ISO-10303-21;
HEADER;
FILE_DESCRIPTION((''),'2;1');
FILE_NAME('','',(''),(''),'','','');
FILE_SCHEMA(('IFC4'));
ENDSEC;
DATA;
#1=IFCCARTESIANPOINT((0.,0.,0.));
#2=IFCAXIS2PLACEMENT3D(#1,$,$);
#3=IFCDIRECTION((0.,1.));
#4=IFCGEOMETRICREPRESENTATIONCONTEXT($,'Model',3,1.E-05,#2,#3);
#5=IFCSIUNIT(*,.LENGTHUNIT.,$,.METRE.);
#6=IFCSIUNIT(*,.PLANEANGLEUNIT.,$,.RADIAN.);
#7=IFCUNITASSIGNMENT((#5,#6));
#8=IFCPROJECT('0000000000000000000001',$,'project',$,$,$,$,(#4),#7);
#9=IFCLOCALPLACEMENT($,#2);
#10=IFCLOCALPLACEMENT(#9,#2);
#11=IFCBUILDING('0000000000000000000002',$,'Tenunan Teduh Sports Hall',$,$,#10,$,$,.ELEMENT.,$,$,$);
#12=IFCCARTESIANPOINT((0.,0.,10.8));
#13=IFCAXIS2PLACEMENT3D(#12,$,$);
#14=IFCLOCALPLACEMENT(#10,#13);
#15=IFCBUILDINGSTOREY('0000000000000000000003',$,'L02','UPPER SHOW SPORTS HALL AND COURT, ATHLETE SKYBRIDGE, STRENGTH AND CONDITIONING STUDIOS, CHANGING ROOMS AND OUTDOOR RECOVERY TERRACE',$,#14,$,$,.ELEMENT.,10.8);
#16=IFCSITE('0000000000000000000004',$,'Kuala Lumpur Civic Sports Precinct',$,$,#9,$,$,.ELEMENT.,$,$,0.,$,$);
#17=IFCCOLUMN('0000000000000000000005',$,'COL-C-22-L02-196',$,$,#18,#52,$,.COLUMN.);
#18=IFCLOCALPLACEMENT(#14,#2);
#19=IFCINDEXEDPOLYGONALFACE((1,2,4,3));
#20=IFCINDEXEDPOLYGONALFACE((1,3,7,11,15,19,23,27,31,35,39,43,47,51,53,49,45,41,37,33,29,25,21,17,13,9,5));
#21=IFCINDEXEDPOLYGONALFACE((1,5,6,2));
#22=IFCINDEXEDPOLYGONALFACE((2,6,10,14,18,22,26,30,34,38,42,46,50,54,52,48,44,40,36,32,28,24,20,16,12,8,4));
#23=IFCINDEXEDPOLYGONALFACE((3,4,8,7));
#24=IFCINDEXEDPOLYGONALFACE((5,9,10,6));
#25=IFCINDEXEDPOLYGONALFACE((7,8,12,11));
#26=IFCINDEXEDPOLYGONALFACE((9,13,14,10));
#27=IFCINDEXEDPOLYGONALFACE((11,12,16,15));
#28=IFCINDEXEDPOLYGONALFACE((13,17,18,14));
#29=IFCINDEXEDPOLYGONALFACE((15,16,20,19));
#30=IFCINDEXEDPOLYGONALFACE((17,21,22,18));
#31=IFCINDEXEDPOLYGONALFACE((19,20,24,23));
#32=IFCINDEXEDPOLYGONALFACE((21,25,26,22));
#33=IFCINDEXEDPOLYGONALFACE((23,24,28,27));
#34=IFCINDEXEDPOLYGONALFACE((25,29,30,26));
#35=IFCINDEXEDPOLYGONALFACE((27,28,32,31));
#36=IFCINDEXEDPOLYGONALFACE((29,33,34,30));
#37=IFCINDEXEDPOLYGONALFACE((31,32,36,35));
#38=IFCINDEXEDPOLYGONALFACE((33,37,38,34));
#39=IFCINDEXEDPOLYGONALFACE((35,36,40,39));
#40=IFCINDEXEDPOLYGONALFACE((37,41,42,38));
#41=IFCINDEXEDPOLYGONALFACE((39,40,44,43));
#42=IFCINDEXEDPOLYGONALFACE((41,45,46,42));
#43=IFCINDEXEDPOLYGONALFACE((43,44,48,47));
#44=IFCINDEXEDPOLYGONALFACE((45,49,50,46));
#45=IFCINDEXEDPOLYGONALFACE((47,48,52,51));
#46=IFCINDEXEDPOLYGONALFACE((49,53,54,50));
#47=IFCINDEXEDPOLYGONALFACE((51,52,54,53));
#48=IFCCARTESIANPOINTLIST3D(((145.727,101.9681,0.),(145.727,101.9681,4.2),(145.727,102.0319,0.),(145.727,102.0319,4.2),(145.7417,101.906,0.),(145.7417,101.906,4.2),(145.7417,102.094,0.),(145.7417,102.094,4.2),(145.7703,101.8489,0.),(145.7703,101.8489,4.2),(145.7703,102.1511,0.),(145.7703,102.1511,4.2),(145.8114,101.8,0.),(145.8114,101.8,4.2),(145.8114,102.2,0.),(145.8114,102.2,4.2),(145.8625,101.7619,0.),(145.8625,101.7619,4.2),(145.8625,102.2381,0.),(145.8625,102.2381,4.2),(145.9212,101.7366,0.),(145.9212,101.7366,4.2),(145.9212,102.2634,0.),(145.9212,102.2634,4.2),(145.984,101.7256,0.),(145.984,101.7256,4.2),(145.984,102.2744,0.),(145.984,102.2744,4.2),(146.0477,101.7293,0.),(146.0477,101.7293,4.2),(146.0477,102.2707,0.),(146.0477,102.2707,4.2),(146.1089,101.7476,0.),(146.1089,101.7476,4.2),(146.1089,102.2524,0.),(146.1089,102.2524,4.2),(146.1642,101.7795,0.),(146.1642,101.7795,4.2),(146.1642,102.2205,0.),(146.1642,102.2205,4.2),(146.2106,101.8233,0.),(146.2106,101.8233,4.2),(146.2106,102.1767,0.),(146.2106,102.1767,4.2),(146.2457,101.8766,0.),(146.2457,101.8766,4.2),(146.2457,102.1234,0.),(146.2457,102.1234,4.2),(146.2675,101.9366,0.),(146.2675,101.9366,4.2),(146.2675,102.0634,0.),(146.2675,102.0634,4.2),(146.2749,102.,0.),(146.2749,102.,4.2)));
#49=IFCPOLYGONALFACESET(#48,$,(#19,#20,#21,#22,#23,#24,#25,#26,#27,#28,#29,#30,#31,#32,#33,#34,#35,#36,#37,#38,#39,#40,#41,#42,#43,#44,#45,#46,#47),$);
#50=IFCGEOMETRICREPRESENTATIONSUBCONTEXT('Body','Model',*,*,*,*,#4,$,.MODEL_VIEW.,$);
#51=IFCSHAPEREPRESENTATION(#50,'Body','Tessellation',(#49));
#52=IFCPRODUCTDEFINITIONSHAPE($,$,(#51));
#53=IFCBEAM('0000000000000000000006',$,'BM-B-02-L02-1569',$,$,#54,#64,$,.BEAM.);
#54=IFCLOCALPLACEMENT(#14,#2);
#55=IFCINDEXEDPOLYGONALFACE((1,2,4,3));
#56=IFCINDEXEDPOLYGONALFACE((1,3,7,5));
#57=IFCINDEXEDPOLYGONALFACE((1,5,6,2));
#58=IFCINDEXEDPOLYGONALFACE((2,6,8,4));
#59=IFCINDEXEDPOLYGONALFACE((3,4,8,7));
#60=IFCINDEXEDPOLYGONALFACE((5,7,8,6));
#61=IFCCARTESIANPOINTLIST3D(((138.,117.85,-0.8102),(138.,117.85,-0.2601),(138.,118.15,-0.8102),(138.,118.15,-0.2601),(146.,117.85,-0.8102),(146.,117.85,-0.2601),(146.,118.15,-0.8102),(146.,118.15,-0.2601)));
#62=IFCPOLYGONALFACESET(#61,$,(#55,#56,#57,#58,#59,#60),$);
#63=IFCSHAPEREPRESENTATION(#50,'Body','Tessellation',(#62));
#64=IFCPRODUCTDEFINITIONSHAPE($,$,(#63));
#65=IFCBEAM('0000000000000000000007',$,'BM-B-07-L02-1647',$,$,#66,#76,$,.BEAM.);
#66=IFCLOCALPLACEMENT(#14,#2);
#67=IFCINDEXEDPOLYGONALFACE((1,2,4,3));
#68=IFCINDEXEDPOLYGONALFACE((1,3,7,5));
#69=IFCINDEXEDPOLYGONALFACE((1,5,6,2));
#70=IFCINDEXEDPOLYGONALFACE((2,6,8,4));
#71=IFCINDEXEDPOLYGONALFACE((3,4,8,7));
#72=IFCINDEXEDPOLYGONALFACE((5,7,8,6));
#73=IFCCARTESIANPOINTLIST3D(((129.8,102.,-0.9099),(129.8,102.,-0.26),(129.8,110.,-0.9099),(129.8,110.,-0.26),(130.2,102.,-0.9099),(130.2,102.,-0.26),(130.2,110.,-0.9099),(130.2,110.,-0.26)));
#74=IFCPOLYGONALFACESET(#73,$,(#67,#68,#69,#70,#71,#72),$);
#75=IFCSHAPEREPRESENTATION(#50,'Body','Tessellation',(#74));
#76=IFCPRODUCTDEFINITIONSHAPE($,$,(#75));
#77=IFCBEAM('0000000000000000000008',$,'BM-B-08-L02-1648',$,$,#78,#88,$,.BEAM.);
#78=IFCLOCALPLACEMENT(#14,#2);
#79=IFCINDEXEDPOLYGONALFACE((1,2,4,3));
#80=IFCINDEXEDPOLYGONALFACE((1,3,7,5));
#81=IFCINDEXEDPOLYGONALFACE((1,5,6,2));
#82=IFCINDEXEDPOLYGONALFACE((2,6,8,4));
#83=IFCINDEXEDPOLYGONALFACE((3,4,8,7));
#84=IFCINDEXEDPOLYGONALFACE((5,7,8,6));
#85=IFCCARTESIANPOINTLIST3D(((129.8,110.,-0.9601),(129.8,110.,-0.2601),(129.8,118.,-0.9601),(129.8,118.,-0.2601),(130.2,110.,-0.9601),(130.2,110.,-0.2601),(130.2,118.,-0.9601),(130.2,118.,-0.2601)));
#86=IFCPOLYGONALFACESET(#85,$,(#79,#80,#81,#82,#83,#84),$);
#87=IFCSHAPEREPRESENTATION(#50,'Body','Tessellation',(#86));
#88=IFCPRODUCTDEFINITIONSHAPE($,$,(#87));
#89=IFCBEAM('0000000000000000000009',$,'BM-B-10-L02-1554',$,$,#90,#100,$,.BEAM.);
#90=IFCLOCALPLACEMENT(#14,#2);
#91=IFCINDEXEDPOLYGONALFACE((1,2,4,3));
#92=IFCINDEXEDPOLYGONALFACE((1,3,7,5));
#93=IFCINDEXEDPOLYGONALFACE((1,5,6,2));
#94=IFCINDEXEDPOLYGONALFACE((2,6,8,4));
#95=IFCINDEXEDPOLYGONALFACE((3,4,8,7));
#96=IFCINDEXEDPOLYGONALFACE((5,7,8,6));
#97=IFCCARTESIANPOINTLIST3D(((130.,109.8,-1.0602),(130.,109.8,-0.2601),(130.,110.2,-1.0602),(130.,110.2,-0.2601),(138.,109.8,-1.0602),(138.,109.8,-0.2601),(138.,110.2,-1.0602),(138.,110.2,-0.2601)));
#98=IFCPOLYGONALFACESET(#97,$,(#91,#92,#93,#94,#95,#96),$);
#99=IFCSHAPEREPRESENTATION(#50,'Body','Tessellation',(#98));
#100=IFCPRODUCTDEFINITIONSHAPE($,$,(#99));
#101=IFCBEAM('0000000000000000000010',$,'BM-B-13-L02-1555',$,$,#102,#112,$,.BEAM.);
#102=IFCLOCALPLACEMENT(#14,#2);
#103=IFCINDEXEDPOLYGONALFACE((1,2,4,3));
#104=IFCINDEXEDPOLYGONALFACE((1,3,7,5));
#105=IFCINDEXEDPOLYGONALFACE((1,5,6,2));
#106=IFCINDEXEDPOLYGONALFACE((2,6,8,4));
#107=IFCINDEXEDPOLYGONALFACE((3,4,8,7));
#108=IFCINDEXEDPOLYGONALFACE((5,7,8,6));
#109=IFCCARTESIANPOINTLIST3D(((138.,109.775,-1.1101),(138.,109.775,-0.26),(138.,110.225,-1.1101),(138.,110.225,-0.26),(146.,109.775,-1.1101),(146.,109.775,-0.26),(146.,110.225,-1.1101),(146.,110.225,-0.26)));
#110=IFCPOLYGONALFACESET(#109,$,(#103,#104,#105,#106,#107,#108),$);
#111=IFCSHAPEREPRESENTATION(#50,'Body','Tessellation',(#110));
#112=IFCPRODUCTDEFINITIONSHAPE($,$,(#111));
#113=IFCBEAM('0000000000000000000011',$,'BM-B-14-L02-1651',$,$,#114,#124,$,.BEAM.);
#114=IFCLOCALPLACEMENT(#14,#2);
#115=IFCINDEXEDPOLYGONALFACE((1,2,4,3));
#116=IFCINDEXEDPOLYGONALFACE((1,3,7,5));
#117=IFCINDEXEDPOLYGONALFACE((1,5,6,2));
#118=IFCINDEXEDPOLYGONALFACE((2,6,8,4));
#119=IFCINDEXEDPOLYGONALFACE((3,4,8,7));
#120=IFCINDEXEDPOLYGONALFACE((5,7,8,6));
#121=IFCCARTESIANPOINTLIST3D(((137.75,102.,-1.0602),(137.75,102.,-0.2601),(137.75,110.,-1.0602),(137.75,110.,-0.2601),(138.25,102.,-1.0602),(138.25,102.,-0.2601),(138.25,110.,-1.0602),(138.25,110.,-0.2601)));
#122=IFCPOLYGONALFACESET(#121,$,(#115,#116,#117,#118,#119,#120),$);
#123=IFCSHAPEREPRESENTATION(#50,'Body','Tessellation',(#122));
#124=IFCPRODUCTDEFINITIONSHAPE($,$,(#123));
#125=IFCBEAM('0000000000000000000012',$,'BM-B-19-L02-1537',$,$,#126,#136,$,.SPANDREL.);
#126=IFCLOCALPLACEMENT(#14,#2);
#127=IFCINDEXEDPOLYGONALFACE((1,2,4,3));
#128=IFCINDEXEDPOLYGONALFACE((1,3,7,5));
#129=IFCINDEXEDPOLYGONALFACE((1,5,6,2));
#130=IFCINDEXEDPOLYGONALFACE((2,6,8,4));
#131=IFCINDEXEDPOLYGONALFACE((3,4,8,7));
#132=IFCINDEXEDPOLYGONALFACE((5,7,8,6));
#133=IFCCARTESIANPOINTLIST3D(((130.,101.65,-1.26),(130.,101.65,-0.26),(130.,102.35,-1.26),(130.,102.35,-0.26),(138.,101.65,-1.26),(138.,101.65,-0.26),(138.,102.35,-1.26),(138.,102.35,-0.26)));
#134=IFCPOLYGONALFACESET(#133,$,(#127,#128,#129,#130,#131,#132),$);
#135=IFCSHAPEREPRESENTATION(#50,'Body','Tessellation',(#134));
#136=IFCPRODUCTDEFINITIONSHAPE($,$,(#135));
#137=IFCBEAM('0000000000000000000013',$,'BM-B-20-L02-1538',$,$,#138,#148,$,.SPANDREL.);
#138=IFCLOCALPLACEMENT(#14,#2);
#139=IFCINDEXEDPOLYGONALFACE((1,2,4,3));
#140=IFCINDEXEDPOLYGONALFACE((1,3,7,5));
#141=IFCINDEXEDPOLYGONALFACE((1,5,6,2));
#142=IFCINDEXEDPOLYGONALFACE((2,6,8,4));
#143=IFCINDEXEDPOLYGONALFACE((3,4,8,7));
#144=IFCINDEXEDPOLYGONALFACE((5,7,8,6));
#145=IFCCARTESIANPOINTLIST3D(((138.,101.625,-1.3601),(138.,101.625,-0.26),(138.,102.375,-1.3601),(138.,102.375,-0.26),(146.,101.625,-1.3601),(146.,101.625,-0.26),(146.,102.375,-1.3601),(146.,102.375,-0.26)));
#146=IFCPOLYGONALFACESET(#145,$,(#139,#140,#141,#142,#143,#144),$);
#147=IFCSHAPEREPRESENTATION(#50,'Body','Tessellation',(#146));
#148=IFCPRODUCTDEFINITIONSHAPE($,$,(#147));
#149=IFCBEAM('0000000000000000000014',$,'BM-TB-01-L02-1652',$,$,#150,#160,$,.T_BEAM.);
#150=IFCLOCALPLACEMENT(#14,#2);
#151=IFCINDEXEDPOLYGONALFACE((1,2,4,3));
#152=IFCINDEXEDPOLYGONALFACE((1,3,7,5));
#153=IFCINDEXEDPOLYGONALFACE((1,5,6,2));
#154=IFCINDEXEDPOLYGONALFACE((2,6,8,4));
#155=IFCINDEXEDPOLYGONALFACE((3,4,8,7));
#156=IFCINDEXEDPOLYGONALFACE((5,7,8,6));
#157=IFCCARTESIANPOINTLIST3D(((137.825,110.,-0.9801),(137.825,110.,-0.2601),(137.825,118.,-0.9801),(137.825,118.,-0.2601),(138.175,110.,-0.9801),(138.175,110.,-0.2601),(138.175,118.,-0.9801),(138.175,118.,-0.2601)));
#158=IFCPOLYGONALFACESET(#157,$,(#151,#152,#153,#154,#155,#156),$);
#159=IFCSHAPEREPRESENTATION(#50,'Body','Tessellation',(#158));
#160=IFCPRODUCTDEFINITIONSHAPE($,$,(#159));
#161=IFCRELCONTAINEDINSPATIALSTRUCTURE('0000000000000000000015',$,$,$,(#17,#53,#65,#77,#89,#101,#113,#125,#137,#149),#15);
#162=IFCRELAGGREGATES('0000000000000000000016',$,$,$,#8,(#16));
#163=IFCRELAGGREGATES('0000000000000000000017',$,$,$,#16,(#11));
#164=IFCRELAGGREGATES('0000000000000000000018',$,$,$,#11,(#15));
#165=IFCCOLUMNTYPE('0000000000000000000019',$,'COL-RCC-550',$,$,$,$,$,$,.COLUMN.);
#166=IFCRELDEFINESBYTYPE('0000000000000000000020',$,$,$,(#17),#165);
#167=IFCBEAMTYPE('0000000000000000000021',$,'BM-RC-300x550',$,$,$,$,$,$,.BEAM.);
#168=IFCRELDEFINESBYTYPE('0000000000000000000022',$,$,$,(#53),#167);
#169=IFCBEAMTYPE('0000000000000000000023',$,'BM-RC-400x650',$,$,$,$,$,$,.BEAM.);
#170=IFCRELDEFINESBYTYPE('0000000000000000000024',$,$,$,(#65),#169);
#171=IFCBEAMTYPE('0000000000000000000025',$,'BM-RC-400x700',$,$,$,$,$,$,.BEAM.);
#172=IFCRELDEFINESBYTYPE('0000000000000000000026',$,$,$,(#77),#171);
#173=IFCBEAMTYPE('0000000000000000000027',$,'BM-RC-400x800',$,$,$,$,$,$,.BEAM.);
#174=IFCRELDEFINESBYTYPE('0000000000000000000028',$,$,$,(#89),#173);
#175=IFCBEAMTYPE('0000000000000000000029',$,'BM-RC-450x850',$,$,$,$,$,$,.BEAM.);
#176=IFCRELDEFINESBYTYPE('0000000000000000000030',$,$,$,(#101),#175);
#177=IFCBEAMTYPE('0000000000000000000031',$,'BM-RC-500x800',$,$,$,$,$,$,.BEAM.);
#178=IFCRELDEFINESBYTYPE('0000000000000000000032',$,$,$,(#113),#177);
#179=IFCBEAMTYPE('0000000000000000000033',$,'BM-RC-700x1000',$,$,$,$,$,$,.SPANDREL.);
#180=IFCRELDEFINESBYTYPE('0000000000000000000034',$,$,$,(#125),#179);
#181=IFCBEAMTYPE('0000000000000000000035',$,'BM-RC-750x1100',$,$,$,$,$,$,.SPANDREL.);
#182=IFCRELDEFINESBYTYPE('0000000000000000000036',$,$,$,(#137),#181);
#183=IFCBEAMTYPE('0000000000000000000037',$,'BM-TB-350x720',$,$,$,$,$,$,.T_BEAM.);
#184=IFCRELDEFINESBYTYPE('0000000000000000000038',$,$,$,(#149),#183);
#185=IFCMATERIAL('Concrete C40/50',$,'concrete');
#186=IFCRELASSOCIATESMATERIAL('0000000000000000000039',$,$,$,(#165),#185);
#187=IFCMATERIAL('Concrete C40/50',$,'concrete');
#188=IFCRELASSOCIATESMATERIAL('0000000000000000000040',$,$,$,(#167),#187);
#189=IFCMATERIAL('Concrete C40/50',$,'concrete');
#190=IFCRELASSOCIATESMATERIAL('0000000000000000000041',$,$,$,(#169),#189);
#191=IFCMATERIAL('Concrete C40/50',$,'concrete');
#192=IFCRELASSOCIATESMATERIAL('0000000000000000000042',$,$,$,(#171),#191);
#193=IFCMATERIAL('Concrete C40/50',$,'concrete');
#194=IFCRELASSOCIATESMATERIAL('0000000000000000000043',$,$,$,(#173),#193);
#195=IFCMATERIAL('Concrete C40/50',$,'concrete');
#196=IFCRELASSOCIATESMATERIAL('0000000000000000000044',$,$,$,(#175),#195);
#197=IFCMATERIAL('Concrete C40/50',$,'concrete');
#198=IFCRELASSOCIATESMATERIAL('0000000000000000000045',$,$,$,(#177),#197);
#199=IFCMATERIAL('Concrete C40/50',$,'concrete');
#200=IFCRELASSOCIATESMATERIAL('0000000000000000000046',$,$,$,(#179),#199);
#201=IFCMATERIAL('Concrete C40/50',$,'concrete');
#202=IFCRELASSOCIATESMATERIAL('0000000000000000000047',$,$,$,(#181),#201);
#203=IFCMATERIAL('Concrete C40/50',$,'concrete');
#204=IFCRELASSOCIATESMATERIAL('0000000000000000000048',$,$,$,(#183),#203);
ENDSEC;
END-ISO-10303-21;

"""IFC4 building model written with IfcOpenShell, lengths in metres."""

from ifc_helpers import new_model, si_unit, direction, frame, origin, origin_2d, place, context, subcontext, project, spatial, rectangle, circle, extrude, material, material_profile, profile_set, type_object, element, save


model = new_model("IFC4")

# Units and contexts
model_context = context("Model", 3, precision=1e-05, world=origin(), true_north=direction((0.0, 1.0)))
body_context = subcontext(model_context, "Body", "Model", "MODEL_VIEW")
ifc_project = project(units=[si_unit("LENGTHUNIT", "METRE"), si_unit("PLANEANGLEUNIT", "RADIAN")], contexts=[model_context])

# Site, building, storey
site_placement = place(None, origin())
site = spatial("IfcSite", under=ifc_project, at=site_placement, Name="Kuala Lumpur Civic Sports Precinct", CompositionType="ELEMENT", RefElevation=0.0)
building_placement = place(site_placement, origin())
building = spatial("IfcBuilding", under=site, at=building_placement, Name="Tenunan Teduh Sports Hall", CompositionType="ELEMENT")
storey_placement = place(building_placement, frame((0.0, 0.0, 10.8)))
storey = spatial("IfcBuildingStorey", under=building, at=storey_placement, Name="L02", Description="UPPER SHOW SPORTS HALL AND COURT, ATHLETE SKYBRIDGE, STRENGTH AND CONDITIONING STUDIOS, CHANGING ROOMS AND OUTDOOR RECOVERY TERRACE", CompositionType="ELEMENT", Elevation=10.8)

# Column
ifc_material_1 = material(Name="Concrete C40/50", Category="concrete")
ifc_material_profile_1 = material_profile(ifc_material_1, circle(Radius=0.2749, at=origin_2d()), Name="RCC D550")
ifc_profile_set_1 = profile_set([ifc_material_profile_1], Name="Concrete C40/50")
column_type = type_object("IfcColumnType", Name="COL-RCC-550", PredefinedType="COLUMN", material=ifc_profile_set_1)
column_placement = place(storey_placement, frame((146.0, 102.0, 0.0), z_axis=(0.0, 0.0, 1.0), x_axis=(1.0, 0.0, 0.0)))
element("IfcColumn", 1, at=column_placement, inside=storey, type_object=column_type, Name="COL-C-22-L02-196", PredefinedType="COLUMN", context=body_context, shape_type="SweptSolid", body=[
    extrude(circle(Radius=0.2749, at=origin_2d()), origin(), (0.0, 0.0, 1.0), 4.2),
])

# Beams
ifc_material_2 = material(Name="Concrete C40/50", Category="concrete")
ifc_material_profile_2 = material_profile(ifc_material_2, rectangle(XDim=0.3, YDim=0.55, at=origin_2d()), Name="RCB 300x550")
ifc_profile_set_2 = profile_set([ifc_material_profile_2], Name="Concrete C40/50")
beam_type_1 = type_object("IfcBeamType", Name="BM-RC-300x550", PredefinedType="BEAM", material=ifc_profile_set_2)
beam_1_placement = place(storey_placement, frame((138.0, 118.0, -0.5352), z_axis=(1.0, 0.0, 0.0), x_axis=(0.0, 1.0, 0.0)))
element("IfcBeam", 2, at=beam_1_placement, inside=storey, type_object=beam_type_1, Name="BM-B-02-L02-1569", PredefinedType="BEAM", context=body_context, shape_type="SweptSolid", body=[
    extrude(rectangle(XDim=0.3, YDim=0.55, at=origin_2d()), origin(), (0.0, 0.0, 1.0), 8.0),
])
ifc_material_3 = material(Name="Concrete C40/50", Category="concrete")
ifc_material_profile_3 = material_profile(ifc_material_3, rectangle(XDim=0.3999, YDim=0.6499, at=origin_2d()), Name="RCB 400x650")
ifc_profile_set_3 = profile_set([ifc_material_profile_3], Name="Concrete C40/50")
beam_type_2 = type_object("IfcBeamType", Name="BM-RC-400x650", PredefinedType="BEAM", material=ifc_profile_set_3)
beam_2_placement = place(storey_placement, frame((130.0, 102.0, -0.585), z_axis=(0.0, 1.0, 0.0), x_axis=(-1.0, 0.0, 0.0)))
element("IfcBeam", 3, at=beam_2_placement, inside=storey, type_object=beam_type_2, Name="BM-B-07-L02-1647", PredefinedType="BEAM", context=body_context, shape_type="SweptSolid", body=[
    extrude(rectangle(XDim=0.3999, YDim=0.6499, at=origin_2d()), origin(), (0.0, 0.0, 1.0), 8.0),
])
ifc_material_4 = material(Name="Concrete C40/50", Category="concrete")
ifc_material_profile_4 = material_profile(ifc_material_4, rectangle(XDim=0.3999, YDim=0.7, at=origin_2d()), Name="RCB 400x700")
ifc_profile_set_4 = profile_set([ifc_material_profile_4], Name="Concrete C40/50")
beam_type_3 = type_object("IfcBeamType", Name="BM-RC-400x700", PredefinedType="BEAM", material=ifc_profile_set_4)
beam_3_placement = place(storey_placement, frame((130.0, 110.0, -0.6101), z_axis=(0.0, 1.0, 0.0), x_axis=(-1.0, 0.0, 0.0)))
element("IfcBeam", 4, at=beam_3_placement, inside=storey, type_object=beam_type_3, Name="BM-B-08-L02-1648", PredefinedType="BEAM", context=body_context, shape_type="SweptSolid", body=[
    extrude(rectangle(XDim=0.3999, YDim=0.7, at=origin_2d()), origin(), (0.0, 0.0, 1.0), 8.0),
])
ifc_material_5 = material(Name="Concrete C40/50", Category="concrete")
ifc_material_profile_5 = material_profile(ifc_material_5, rectangle(XDim=0.3999, YDim=0.8, at=origin_2d()), Name="RCB 400x800")
ifc_profile_set_5 = profile_set([ifc_material_profile_5], Name="Concrete C40/50")
beam_type_4 = type_object("IfcBeamType", Name="BM-RC-400x800", PredefinedType="BEAM", material=ifc_profile_set_5)
beam_4_placement = place(storey_placement, frame((130.0, 110.0, -0.6602), z_axis=(1.0, 0.0, 0.0), x_axis=(0.0, 1.0, 0.0)))
element("IfcBeam", 5, at=beam_4_placement, inside=storey, type_object=beam_type_4, Name="BM-B-10-L02-1554", PredefinedType="BEAM", context=body_context, shape_type="SweptSolid", body=[
    extrude(rectangle(XDim=0.3999, YDim=0.8, at=origin_2d()), origin(), (0.0, 0.0, 1.0), 8.0),
])
ifc_material_6 = material(Name="Concrete C40/50", Category="concrete")
ifc_material_profile_6 = material_profile(ifc_material_6, rectangle(XDim=0.45, YDim=0.8501, at=origin_2d()), Name="RCB 450x850")
ifc_profile_set_6 = profile_set([ifc_material_profile_6], Name="Concrete C40/50")
beam_type_5 = type_object("IfcBeamType", Name="BM-RC-450x850", PredefinedType="BEAM", material=ifc_profile_set_6)
beam_5_placement = place(storey_placement, frame((138.0, 110.0, -0.6851), z_axis=(1.0, 0.0, 0.0), x_axis=(0.0, 1.0, 0.0)))
element("IfcBeam", 6, at=beam_5_placement, inside=storey, type_object=beam_type_5, Name="BM-B-13-L02-1555", PredefinedType="BEAM", context=body_context, shape_type="SweptSolid", body=[
    extrude(rectangle(XDim=0.45, YDim=0.8501, at=origin_2d()), origin(), (0.0, 0.0, 1.0), 8.0),
])
ifc_material_7 = material(Name="Concrete C40/50", Category="concrete")
ifc_material_profile_7 = material_profile(ifc_material_7, rectangle(XDim=0.5, YDim=0.8, at=origin_2d()), Name="RCB 500x800")
ifc_profile_set_7 = profile_set([ifc_material_profile_7], Name="Concrete C40/50")
beam_type_6 = type_object("IfcBeamType", Name="BM-RC-500x800", PredefinedType="BEAM", material=ifc_profile_set_7)
beam_6_placement = place(storey_placement, frame((138.0, 102.0, -0.6602), z_axis=(0.0, 1.0, 0.0), x_axis=(-1.0, 0.0, 0.0)))
element("IfcBeam", 7, at=beam_6_placement, inside=storey, type_object=beam_type_6, Name="BM-B-14-L02-1651", PredefinedType="BEAM", context=body_context, shape_type="SweptSolid", body=[
    extrude(rectangle(XDim=0.5, YDim=0.8, at=origin_2d()), origin(), (0.0, 0.0, 1.0), 8.0),
])
ifc_material_8 = material(Name="Concrete C40/50", Category="concrete")
ifc_material_profile_8 = material_profile(ifc_material_8, rectangle(XDim=0.7, YDim=1.0, at=origin_2d()), Name="RCB 700x1000")
ifc_profile_set_8 = profile_set([ifc_material_profile_8], Name="Concrete C40/50")
beam_type_7 = type_object("IfcBeamType", Name="BM-RC-700x1000", PredefinedType="SPANDREL", material=ifc_profile_set_8)
beam_7_placement = place(storey_placement, frame((130.0, 102.0, -0.76), z_axis=(1.0, 0.0, 0.0), x_axis=(0.0, 1.0, 0.0)))
element("IfcBeam", 8, at=beam_7_placement, inside=storey, type_object=beam_type_7, Name="BM-B-19-L02-1537", PredefinedType="SPANDREL", context=body_context, shape_type="SweptSolid", body=[
    extrude(rectangle(XDim=0.7, YDim=1.0, at=origin_2d()), origin(), (0.0, 0.0, 1.0), 8.0),
])
ifc_material_9 = material(Name="Concrete C40/50", Category="concrete")
ifc_material_profile_9 = material_profile(ifc_material_9, rectangle(XDim=0.75, YDim=1.1001, at=origin_2d()), Name="RCB 750x1100")
ifc_profile_set_9 = profile_set([ifc_material_profile_9], Name="Concrete C40/50")
beam_type_8 = type_object("IfcBeamType", Name="BM-RC-750x1100", PredefinedType="SPANDREL", material=ifc_profile_set_9)
beam_8_placement = place(storey_placement, frame((138.0, 102.0, -0.8101), z_axis=(1.0, 0.0, 0.0), x_axis=(0.0, 1.0, 0.0)))
element("IfcBeam", 9, at=beam_8_placement, inside=storey, type_object=beam_type_8, Name="BM-B-20-L02-1538", PredefinedType="SPANDREL", context=body_context, shape_type="SweptSolid", body=[
    extrude(rectangle(XDim=0.75, YDim=1.1001, at=origin_2d()), origin(), (0.0, 0.0, 1.0), 8.0),
])
ifc_material_10 = material(Name="Concrete C40/50", Category="concrete")
ifc_material_profile_10 = material_profile(ifc_material_10, rectangle(XDim=0.3501, YDim=0.72, at=origin_2d()), Name="TB 350x720")
ifc_profile_set_10 = profile_set([ifc_material_profile_10], Name="Concrete C40/50")
beam_type_9 = type_object("IfcBeamType", Name="BM-TB-350x720", PredefinedType="T_BEAM", material=ifc_profile_set_10)
beam_9_placement = place(storey_placement, frame((138.0, 110.0, -0.6201), z_axis=(0.0, 1.0, 0.0), x_axis=(-1.0, 0.0, 0.0)))
element("IfcBeam", 10, at=beam_9_placement, inside=storey, type_object=beam_type_9, Name="BM-TB-01-L02-1652", PredefinedType="T_BEAM", context=body_context, shape_type="SweptSolid", body=[
    extrude(rectangle(XDim=0.3501, YDim=0.72, at=origin_2d()), origin(), (0.0, 0.0, 1.0), 8.0),
])

save(model, "model.ifc")
